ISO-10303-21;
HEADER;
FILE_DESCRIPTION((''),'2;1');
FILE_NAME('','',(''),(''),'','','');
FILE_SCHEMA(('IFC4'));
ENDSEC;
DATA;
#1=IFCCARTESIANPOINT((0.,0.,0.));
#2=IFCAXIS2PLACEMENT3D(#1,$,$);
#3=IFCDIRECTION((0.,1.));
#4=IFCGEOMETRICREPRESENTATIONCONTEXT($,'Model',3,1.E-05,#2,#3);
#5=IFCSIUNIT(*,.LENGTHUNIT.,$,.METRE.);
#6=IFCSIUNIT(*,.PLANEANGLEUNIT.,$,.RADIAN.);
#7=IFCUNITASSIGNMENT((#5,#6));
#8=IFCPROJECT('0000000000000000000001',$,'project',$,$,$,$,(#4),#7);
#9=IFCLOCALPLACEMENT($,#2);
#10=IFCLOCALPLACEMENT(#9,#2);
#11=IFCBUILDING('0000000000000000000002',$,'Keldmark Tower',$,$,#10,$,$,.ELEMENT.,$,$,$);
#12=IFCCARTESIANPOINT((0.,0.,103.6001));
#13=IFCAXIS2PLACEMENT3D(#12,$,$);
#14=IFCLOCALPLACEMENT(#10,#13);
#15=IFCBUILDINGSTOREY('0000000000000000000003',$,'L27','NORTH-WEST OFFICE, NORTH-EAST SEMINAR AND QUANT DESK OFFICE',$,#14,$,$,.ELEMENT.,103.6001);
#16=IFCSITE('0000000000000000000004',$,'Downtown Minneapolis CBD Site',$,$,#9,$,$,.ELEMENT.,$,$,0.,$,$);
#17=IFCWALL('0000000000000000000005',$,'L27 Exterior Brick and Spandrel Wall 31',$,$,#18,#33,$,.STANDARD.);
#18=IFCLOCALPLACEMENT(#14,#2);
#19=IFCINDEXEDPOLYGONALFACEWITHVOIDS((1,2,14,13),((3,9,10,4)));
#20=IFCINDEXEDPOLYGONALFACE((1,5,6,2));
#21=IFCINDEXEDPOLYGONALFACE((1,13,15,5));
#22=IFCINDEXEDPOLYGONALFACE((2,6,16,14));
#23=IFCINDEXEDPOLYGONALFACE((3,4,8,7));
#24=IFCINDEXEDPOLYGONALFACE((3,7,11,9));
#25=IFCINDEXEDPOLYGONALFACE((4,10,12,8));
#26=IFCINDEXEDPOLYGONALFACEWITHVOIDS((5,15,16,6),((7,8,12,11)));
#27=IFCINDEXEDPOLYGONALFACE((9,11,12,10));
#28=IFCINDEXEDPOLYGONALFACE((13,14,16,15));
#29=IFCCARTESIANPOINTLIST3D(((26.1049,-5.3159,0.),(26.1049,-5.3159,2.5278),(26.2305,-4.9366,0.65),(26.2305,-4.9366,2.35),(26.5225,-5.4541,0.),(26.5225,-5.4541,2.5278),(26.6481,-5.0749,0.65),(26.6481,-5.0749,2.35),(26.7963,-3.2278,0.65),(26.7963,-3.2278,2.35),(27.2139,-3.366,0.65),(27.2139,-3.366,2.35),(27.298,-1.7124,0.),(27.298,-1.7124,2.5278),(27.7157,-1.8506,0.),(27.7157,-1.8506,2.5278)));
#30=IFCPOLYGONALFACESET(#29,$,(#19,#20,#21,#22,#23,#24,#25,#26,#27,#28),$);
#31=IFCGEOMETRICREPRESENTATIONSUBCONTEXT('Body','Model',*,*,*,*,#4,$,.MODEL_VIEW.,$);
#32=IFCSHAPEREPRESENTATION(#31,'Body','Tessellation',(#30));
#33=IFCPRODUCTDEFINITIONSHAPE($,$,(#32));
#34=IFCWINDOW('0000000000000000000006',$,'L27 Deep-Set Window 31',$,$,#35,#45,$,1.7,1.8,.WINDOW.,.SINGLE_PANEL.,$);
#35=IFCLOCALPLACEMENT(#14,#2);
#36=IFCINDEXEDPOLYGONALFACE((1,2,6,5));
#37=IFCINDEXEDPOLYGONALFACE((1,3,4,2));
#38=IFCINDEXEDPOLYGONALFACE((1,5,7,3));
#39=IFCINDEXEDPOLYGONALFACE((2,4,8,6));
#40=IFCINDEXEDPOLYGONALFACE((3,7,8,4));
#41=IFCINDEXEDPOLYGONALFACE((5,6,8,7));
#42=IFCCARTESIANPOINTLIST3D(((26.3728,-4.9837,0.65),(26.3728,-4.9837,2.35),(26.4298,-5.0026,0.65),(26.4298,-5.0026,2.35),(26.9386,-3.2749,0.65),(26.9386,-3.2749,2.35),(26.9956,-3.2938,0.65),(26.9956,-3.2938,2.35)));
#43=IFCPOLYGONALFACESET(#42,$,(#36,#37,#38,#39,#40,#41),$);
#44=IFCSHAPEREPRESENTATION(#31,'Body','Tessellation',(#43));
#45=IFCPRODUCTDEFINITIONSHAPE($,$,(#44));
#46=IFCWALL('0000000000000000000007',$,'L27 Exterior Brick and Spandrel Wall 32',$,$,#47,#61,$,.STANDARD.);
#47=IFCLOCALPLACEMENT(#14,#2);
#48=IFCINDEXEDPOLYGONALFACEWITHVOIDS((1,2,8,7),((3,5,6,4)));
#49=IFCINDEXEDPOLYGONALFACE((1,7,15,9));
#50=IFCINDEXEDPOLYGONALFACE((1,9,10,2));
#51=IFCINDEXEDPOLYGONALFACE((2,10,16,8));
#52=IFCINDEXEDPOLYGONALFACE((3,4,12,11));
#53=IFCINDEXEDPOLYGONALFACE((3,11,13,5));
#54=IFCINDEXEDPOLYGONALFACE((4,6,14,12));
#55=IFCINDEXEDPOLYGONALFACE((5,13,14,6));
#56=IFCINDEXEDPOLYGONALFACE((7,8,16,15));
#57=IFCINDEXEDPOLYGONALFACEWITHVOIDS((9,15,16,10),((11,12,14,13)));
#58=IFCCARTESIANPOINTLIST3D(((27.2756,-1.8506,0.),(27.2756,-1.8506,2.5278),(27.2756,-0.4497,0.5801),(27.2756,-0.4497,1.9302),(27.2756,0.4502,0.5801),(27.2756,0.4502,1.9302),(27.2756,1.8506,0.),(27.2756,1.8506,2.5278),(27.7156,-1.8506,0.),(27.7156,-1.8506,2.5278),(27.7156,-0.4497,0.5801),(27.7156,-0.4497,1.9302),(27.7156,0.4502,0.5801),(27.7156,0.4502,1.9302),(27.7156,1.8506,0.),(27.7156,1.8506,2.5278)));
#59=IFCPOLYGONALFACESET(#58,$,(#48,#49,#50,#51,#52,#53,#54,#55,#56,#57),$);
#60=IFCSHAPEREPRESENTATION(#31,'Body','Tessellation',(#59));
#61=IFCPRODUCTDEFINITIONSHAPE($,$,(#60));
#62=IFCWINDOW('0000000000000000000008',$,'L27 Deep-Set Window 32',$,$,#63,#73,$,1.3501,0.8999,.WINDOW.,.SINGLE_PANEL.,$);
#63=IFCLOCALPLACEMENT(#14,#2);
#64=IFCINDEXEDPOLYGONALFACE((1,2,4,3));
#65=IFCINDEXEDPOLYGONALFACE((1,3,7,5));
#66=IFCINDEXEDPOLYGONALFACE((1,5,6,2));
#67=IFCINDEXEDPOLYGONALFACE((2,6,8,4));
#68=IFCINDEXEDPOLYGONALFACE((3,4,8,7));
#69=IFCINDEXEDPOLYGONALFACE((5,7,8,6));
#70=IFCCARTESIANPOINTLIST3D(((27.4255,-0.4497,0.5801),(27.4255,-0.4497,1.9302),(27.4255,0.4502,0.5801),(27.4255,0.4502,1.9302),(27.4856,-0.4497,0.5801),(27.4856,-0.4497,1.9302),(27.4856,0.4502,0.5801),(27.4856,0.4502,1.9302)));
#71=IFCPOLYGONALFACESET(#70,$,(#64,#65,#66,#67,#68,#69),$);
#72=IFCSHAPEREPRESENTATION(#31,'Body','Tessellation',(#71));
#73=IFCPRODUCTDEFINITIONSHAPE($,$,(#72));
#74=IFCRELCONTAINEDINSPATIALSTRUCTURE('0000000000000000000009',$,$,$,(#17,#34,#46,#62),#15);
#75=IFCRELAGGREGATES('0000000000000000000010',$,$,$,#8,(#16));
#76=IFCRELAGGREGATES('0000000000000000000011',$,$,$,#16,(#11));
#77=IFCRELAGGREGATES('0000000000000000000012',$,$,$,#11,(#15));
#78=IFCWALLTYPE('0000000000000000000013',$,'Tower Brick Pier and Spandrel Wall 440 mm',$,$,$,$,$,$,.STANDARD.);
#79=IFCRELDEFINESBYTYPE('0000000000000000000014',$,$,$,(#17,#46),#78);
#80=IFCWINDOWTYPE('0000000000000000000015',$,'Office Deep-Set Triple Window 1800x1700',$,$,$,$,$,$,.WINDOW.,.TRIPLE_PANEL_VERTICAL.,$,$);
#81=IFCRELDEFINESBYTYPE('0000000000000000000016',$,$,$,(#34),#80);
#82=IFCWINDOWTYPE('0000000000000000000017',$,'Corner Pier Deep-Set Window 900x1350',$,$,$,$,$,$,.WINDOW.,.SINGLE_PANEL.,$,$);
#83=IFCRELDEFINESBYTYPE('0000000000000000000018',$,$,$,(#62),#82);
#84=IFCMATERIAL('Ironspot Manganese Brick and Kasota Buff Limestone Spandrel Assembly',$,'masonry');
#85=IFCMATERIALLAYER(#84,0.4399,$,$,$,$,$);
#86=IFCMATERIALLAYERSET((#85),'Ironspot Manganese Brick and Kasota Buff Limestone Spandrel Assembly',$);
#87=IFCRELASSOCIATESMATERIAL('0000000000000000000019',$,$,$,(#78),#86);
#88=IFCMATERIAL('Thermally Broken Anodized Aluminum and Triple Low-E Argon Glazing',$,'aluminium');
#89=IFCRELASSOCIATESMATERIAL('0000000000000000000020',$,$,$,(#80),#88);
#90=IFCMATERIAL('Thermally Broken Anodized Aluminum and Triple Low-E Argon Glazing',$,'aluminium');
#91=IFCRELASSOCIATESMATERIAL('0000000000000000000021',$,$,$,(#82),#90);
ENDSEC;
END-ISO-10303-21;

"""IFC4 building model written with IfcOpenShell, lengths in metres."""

from ifc_helpers import new_model, si_unit, direction, frame, frame_2d, origin, place, context, subcontext, project, spatial, rectangle, extrude, material, layer, layer_set, type_object, element, fill, save


model = new_model("IFC4")

# Units and contexts
model_context = context("Model", 3, precision=1e-05, world=origin(), true_north=direction((0.0, 1.0)))
body_context = subcontext(model_context, "Body", "Model", "MODEL_VIEW")
ifc_project = project(units=[si_unit("LENGTHUNIT", "METRE"), si_unit("PLANEANGLEUNIT", "RADIAN")], contexts=[model_context])

# Site, building, storey
site_placement = place(None, origin())
site = spatial("IfcSite", under=ifc_project, at=site_placement, Name="Downtown Minneapolis CBD Site", CompositionType="ELEMENT", RefElevation=0.0)
building_placement = place(site_placement, origin())
building = spatial("IfcBuilding", under=site, at=building_placement, Name="Keldmark Tower", CompositionType="ELEMENT")
storey_placement = place(building_placement, frame((0.0, 0.0, 103.6001)))
storey = spatial("IfcBuildingStorey", under=building, at=storey_placement, Name="L27", Description="NORTH-WEST OFFICE, NORTH-EAST SEMINAR AND QUANT DESK OFFICE", CompositionType="ELEMENT", Elevation=103.6001)

# Walls, openings, windows
ifc_material_1 = material(Name="Ironspot Manganese Brick and Kasota Buff Limestone Spandrel Assembly", Category="masonry")
ifc_layer_1 = layer(ifc_material_1, 0.4399)
ifc_layer_set_1 = layer_set([ifc_layer_1], Name="Ironspot Manganese Brick and Kasota Buff Limestone Spandrel Assembly")
wall_type_1 = type_object("IfcWallType", Name="Tower Brick Pier and Spandrel Wall 440 mm", PredefinedType="STANDARD", material=ifc_layer_set_1)
wall_1_placement = place(storey_placement, frame((27.5068, -1.7815, 0.0), z_axis=(0.0, 0.0, 1.0), x_axis=(-0.314317, -0.949318, 0.0)))
wall_1 = element("IfcWall", 1, at=wall_1_placement, inside=storey, type_object=wall_type_1, Name="L27 Exterior Brick and Spandrel Wall 31", PredefinedType="STANDARD", context=body_context, shape_type="SweptSolid", body=[
    extrude(rectangle(XDim=3.7959, YDim=0.4399, at=frame_2d((1.8979, 0.0))), origin(), (0.0, 0.0, 1.0), 2.5278),
])
opening_1_placement = place(wall_1_placement, frame((1.5964, 0.0, 0.6499)))
opening_1 = element("IfcOpeningElement", 2, at=opening_1_placement, cuts=wall_1, PredefinedType="OPENING", context=body_context, shape_type="SweptSolid", body=[
    extrude(rectangle(XDim=1.8, YDim=1.7, at=frame_2d((0.8999, 0.8501))), frame((0.0, 0.23, 0.0), z_axis=(0.0, -1.0, 0.0), x_axis=(1.0, 0.0, 0.0)), (0.0, 0.0, 1.0), 0.46),
])
ifc_material_2 = material(Name="Thermally Broken Anodized Aluminum and Triple Low-E Argon Glazing", Category="aluminium")
window_type_1 = type_object("IfcWindowType", Name="Office Deep-Set Triple Window 1800x1700", PartitioningType="TRIPLE_PANEL_VERTICAL", PredefinedType="WINDOW", material=ifc_material_2)
window_1_placement = place(opening_1_placement, origin())
window_1 = element("IfcWindow", 3, at=window_1_placement, inside=storey, type_object=window_type_1, Name="L27 Deep-Set Window 31", OverallHeight=1.7, OverallWidth=1.8, PartitioningType="SINGLE_PANEL", PredefinedType="WINDOW", context=body_context, shape_type="SweptSolid", body=[
    extrude(rectangle(XDim=1.8, YDim=1.7, at=frame_2d((0.8999, 0.8501))), frame((0.0, -0.01, 0.0), z_axis=(0.0, -1.0, 0.0), x_axis=(1.0, 0.0, 0.0)), (0.0, 0.0, 1.0), 0.0601),
])
fill(opening_1, window_1)
wall_2_placement = place(storey_placement, frame((27.4956, 1.8506, 0.0), z_axis=(0.0, 0.0, 1.0), x_axis=(0.0, -1.0, 0.0)))
wall_2 = element("IfcWall", 4, at=wall_2_placement, inside=storey, type_object=wall_type_1, Name="L27 Exterior Brick and Spandrel Wall 32", PredefinedType="STANDARD", context=body_context, shape_type="SweptSolid", body=[
    extrude(rectangle(XDim=3.7012, YDim=0.4399, at=frame_2d((1.8506, 0.0))), origin(), (0.0, 0.0, 1.0), 2.5278),
])
opening_2_placement = place(wall_2_placement, frame((1.4004, 0.0, 0.5801)))
opening_2 = element("IfcOpeningElement", 5, at=opening_2_placement, cuts=wall_2, PredefinedType="OPENING", context=body_context, shape_type="SweptSolid", body=[
    extrude(rectangle(XDim=0.8999, YDim=1.3501, at=frame_2d((0.45, 0.675))), frame((0.0, 0.23, 0.0), z_axis=(0.0, -1.0, 0.0), x_axis=(1.0, 0.0, 0.0)), (0.0, 0.0, 1.0), 0.46),
])
ifc_material_3 = material(Name="Thermally Broken Anodized Aluminum and Triple Low-E Argon Glazing", Category="aluminium")
window_type_2 = type_object("IfcWindowType", Name="Corner Pier Deep-Set Window 900x1350", PartitioningType="SINGLE_PANEL", PredefinedType="WINDOW", material=ifc_material_3)
window_2_placement = place(opening_2_placement, origin())
window_2 = element("IfcWindow", 6, at=window_2_placement, inside=storey, type_object=window_type_2, Name="L27 Deep-Set Window 32", OverallHeight=1.3501, OverallWidth=0.8999, PartitioningType="SINGLE_PANEL", PredefinedType="WINDOW", context=body_context, shape_type="SweptSolid", body=[
    extrude(rectangle(XDim=0.8999, YDim=1.3501, at=frame_2d((0.45, 0.675))), frame((0.0, -0.01, 0.0), z_axis=(0.0, -1.0, 0.0), x_axis=(1.0, 0.0, 0.0)), (0.0, 0.0, 1.0), 0.0601),
])
fill(opening_2, window_2)

save(model, "model.ifc")
